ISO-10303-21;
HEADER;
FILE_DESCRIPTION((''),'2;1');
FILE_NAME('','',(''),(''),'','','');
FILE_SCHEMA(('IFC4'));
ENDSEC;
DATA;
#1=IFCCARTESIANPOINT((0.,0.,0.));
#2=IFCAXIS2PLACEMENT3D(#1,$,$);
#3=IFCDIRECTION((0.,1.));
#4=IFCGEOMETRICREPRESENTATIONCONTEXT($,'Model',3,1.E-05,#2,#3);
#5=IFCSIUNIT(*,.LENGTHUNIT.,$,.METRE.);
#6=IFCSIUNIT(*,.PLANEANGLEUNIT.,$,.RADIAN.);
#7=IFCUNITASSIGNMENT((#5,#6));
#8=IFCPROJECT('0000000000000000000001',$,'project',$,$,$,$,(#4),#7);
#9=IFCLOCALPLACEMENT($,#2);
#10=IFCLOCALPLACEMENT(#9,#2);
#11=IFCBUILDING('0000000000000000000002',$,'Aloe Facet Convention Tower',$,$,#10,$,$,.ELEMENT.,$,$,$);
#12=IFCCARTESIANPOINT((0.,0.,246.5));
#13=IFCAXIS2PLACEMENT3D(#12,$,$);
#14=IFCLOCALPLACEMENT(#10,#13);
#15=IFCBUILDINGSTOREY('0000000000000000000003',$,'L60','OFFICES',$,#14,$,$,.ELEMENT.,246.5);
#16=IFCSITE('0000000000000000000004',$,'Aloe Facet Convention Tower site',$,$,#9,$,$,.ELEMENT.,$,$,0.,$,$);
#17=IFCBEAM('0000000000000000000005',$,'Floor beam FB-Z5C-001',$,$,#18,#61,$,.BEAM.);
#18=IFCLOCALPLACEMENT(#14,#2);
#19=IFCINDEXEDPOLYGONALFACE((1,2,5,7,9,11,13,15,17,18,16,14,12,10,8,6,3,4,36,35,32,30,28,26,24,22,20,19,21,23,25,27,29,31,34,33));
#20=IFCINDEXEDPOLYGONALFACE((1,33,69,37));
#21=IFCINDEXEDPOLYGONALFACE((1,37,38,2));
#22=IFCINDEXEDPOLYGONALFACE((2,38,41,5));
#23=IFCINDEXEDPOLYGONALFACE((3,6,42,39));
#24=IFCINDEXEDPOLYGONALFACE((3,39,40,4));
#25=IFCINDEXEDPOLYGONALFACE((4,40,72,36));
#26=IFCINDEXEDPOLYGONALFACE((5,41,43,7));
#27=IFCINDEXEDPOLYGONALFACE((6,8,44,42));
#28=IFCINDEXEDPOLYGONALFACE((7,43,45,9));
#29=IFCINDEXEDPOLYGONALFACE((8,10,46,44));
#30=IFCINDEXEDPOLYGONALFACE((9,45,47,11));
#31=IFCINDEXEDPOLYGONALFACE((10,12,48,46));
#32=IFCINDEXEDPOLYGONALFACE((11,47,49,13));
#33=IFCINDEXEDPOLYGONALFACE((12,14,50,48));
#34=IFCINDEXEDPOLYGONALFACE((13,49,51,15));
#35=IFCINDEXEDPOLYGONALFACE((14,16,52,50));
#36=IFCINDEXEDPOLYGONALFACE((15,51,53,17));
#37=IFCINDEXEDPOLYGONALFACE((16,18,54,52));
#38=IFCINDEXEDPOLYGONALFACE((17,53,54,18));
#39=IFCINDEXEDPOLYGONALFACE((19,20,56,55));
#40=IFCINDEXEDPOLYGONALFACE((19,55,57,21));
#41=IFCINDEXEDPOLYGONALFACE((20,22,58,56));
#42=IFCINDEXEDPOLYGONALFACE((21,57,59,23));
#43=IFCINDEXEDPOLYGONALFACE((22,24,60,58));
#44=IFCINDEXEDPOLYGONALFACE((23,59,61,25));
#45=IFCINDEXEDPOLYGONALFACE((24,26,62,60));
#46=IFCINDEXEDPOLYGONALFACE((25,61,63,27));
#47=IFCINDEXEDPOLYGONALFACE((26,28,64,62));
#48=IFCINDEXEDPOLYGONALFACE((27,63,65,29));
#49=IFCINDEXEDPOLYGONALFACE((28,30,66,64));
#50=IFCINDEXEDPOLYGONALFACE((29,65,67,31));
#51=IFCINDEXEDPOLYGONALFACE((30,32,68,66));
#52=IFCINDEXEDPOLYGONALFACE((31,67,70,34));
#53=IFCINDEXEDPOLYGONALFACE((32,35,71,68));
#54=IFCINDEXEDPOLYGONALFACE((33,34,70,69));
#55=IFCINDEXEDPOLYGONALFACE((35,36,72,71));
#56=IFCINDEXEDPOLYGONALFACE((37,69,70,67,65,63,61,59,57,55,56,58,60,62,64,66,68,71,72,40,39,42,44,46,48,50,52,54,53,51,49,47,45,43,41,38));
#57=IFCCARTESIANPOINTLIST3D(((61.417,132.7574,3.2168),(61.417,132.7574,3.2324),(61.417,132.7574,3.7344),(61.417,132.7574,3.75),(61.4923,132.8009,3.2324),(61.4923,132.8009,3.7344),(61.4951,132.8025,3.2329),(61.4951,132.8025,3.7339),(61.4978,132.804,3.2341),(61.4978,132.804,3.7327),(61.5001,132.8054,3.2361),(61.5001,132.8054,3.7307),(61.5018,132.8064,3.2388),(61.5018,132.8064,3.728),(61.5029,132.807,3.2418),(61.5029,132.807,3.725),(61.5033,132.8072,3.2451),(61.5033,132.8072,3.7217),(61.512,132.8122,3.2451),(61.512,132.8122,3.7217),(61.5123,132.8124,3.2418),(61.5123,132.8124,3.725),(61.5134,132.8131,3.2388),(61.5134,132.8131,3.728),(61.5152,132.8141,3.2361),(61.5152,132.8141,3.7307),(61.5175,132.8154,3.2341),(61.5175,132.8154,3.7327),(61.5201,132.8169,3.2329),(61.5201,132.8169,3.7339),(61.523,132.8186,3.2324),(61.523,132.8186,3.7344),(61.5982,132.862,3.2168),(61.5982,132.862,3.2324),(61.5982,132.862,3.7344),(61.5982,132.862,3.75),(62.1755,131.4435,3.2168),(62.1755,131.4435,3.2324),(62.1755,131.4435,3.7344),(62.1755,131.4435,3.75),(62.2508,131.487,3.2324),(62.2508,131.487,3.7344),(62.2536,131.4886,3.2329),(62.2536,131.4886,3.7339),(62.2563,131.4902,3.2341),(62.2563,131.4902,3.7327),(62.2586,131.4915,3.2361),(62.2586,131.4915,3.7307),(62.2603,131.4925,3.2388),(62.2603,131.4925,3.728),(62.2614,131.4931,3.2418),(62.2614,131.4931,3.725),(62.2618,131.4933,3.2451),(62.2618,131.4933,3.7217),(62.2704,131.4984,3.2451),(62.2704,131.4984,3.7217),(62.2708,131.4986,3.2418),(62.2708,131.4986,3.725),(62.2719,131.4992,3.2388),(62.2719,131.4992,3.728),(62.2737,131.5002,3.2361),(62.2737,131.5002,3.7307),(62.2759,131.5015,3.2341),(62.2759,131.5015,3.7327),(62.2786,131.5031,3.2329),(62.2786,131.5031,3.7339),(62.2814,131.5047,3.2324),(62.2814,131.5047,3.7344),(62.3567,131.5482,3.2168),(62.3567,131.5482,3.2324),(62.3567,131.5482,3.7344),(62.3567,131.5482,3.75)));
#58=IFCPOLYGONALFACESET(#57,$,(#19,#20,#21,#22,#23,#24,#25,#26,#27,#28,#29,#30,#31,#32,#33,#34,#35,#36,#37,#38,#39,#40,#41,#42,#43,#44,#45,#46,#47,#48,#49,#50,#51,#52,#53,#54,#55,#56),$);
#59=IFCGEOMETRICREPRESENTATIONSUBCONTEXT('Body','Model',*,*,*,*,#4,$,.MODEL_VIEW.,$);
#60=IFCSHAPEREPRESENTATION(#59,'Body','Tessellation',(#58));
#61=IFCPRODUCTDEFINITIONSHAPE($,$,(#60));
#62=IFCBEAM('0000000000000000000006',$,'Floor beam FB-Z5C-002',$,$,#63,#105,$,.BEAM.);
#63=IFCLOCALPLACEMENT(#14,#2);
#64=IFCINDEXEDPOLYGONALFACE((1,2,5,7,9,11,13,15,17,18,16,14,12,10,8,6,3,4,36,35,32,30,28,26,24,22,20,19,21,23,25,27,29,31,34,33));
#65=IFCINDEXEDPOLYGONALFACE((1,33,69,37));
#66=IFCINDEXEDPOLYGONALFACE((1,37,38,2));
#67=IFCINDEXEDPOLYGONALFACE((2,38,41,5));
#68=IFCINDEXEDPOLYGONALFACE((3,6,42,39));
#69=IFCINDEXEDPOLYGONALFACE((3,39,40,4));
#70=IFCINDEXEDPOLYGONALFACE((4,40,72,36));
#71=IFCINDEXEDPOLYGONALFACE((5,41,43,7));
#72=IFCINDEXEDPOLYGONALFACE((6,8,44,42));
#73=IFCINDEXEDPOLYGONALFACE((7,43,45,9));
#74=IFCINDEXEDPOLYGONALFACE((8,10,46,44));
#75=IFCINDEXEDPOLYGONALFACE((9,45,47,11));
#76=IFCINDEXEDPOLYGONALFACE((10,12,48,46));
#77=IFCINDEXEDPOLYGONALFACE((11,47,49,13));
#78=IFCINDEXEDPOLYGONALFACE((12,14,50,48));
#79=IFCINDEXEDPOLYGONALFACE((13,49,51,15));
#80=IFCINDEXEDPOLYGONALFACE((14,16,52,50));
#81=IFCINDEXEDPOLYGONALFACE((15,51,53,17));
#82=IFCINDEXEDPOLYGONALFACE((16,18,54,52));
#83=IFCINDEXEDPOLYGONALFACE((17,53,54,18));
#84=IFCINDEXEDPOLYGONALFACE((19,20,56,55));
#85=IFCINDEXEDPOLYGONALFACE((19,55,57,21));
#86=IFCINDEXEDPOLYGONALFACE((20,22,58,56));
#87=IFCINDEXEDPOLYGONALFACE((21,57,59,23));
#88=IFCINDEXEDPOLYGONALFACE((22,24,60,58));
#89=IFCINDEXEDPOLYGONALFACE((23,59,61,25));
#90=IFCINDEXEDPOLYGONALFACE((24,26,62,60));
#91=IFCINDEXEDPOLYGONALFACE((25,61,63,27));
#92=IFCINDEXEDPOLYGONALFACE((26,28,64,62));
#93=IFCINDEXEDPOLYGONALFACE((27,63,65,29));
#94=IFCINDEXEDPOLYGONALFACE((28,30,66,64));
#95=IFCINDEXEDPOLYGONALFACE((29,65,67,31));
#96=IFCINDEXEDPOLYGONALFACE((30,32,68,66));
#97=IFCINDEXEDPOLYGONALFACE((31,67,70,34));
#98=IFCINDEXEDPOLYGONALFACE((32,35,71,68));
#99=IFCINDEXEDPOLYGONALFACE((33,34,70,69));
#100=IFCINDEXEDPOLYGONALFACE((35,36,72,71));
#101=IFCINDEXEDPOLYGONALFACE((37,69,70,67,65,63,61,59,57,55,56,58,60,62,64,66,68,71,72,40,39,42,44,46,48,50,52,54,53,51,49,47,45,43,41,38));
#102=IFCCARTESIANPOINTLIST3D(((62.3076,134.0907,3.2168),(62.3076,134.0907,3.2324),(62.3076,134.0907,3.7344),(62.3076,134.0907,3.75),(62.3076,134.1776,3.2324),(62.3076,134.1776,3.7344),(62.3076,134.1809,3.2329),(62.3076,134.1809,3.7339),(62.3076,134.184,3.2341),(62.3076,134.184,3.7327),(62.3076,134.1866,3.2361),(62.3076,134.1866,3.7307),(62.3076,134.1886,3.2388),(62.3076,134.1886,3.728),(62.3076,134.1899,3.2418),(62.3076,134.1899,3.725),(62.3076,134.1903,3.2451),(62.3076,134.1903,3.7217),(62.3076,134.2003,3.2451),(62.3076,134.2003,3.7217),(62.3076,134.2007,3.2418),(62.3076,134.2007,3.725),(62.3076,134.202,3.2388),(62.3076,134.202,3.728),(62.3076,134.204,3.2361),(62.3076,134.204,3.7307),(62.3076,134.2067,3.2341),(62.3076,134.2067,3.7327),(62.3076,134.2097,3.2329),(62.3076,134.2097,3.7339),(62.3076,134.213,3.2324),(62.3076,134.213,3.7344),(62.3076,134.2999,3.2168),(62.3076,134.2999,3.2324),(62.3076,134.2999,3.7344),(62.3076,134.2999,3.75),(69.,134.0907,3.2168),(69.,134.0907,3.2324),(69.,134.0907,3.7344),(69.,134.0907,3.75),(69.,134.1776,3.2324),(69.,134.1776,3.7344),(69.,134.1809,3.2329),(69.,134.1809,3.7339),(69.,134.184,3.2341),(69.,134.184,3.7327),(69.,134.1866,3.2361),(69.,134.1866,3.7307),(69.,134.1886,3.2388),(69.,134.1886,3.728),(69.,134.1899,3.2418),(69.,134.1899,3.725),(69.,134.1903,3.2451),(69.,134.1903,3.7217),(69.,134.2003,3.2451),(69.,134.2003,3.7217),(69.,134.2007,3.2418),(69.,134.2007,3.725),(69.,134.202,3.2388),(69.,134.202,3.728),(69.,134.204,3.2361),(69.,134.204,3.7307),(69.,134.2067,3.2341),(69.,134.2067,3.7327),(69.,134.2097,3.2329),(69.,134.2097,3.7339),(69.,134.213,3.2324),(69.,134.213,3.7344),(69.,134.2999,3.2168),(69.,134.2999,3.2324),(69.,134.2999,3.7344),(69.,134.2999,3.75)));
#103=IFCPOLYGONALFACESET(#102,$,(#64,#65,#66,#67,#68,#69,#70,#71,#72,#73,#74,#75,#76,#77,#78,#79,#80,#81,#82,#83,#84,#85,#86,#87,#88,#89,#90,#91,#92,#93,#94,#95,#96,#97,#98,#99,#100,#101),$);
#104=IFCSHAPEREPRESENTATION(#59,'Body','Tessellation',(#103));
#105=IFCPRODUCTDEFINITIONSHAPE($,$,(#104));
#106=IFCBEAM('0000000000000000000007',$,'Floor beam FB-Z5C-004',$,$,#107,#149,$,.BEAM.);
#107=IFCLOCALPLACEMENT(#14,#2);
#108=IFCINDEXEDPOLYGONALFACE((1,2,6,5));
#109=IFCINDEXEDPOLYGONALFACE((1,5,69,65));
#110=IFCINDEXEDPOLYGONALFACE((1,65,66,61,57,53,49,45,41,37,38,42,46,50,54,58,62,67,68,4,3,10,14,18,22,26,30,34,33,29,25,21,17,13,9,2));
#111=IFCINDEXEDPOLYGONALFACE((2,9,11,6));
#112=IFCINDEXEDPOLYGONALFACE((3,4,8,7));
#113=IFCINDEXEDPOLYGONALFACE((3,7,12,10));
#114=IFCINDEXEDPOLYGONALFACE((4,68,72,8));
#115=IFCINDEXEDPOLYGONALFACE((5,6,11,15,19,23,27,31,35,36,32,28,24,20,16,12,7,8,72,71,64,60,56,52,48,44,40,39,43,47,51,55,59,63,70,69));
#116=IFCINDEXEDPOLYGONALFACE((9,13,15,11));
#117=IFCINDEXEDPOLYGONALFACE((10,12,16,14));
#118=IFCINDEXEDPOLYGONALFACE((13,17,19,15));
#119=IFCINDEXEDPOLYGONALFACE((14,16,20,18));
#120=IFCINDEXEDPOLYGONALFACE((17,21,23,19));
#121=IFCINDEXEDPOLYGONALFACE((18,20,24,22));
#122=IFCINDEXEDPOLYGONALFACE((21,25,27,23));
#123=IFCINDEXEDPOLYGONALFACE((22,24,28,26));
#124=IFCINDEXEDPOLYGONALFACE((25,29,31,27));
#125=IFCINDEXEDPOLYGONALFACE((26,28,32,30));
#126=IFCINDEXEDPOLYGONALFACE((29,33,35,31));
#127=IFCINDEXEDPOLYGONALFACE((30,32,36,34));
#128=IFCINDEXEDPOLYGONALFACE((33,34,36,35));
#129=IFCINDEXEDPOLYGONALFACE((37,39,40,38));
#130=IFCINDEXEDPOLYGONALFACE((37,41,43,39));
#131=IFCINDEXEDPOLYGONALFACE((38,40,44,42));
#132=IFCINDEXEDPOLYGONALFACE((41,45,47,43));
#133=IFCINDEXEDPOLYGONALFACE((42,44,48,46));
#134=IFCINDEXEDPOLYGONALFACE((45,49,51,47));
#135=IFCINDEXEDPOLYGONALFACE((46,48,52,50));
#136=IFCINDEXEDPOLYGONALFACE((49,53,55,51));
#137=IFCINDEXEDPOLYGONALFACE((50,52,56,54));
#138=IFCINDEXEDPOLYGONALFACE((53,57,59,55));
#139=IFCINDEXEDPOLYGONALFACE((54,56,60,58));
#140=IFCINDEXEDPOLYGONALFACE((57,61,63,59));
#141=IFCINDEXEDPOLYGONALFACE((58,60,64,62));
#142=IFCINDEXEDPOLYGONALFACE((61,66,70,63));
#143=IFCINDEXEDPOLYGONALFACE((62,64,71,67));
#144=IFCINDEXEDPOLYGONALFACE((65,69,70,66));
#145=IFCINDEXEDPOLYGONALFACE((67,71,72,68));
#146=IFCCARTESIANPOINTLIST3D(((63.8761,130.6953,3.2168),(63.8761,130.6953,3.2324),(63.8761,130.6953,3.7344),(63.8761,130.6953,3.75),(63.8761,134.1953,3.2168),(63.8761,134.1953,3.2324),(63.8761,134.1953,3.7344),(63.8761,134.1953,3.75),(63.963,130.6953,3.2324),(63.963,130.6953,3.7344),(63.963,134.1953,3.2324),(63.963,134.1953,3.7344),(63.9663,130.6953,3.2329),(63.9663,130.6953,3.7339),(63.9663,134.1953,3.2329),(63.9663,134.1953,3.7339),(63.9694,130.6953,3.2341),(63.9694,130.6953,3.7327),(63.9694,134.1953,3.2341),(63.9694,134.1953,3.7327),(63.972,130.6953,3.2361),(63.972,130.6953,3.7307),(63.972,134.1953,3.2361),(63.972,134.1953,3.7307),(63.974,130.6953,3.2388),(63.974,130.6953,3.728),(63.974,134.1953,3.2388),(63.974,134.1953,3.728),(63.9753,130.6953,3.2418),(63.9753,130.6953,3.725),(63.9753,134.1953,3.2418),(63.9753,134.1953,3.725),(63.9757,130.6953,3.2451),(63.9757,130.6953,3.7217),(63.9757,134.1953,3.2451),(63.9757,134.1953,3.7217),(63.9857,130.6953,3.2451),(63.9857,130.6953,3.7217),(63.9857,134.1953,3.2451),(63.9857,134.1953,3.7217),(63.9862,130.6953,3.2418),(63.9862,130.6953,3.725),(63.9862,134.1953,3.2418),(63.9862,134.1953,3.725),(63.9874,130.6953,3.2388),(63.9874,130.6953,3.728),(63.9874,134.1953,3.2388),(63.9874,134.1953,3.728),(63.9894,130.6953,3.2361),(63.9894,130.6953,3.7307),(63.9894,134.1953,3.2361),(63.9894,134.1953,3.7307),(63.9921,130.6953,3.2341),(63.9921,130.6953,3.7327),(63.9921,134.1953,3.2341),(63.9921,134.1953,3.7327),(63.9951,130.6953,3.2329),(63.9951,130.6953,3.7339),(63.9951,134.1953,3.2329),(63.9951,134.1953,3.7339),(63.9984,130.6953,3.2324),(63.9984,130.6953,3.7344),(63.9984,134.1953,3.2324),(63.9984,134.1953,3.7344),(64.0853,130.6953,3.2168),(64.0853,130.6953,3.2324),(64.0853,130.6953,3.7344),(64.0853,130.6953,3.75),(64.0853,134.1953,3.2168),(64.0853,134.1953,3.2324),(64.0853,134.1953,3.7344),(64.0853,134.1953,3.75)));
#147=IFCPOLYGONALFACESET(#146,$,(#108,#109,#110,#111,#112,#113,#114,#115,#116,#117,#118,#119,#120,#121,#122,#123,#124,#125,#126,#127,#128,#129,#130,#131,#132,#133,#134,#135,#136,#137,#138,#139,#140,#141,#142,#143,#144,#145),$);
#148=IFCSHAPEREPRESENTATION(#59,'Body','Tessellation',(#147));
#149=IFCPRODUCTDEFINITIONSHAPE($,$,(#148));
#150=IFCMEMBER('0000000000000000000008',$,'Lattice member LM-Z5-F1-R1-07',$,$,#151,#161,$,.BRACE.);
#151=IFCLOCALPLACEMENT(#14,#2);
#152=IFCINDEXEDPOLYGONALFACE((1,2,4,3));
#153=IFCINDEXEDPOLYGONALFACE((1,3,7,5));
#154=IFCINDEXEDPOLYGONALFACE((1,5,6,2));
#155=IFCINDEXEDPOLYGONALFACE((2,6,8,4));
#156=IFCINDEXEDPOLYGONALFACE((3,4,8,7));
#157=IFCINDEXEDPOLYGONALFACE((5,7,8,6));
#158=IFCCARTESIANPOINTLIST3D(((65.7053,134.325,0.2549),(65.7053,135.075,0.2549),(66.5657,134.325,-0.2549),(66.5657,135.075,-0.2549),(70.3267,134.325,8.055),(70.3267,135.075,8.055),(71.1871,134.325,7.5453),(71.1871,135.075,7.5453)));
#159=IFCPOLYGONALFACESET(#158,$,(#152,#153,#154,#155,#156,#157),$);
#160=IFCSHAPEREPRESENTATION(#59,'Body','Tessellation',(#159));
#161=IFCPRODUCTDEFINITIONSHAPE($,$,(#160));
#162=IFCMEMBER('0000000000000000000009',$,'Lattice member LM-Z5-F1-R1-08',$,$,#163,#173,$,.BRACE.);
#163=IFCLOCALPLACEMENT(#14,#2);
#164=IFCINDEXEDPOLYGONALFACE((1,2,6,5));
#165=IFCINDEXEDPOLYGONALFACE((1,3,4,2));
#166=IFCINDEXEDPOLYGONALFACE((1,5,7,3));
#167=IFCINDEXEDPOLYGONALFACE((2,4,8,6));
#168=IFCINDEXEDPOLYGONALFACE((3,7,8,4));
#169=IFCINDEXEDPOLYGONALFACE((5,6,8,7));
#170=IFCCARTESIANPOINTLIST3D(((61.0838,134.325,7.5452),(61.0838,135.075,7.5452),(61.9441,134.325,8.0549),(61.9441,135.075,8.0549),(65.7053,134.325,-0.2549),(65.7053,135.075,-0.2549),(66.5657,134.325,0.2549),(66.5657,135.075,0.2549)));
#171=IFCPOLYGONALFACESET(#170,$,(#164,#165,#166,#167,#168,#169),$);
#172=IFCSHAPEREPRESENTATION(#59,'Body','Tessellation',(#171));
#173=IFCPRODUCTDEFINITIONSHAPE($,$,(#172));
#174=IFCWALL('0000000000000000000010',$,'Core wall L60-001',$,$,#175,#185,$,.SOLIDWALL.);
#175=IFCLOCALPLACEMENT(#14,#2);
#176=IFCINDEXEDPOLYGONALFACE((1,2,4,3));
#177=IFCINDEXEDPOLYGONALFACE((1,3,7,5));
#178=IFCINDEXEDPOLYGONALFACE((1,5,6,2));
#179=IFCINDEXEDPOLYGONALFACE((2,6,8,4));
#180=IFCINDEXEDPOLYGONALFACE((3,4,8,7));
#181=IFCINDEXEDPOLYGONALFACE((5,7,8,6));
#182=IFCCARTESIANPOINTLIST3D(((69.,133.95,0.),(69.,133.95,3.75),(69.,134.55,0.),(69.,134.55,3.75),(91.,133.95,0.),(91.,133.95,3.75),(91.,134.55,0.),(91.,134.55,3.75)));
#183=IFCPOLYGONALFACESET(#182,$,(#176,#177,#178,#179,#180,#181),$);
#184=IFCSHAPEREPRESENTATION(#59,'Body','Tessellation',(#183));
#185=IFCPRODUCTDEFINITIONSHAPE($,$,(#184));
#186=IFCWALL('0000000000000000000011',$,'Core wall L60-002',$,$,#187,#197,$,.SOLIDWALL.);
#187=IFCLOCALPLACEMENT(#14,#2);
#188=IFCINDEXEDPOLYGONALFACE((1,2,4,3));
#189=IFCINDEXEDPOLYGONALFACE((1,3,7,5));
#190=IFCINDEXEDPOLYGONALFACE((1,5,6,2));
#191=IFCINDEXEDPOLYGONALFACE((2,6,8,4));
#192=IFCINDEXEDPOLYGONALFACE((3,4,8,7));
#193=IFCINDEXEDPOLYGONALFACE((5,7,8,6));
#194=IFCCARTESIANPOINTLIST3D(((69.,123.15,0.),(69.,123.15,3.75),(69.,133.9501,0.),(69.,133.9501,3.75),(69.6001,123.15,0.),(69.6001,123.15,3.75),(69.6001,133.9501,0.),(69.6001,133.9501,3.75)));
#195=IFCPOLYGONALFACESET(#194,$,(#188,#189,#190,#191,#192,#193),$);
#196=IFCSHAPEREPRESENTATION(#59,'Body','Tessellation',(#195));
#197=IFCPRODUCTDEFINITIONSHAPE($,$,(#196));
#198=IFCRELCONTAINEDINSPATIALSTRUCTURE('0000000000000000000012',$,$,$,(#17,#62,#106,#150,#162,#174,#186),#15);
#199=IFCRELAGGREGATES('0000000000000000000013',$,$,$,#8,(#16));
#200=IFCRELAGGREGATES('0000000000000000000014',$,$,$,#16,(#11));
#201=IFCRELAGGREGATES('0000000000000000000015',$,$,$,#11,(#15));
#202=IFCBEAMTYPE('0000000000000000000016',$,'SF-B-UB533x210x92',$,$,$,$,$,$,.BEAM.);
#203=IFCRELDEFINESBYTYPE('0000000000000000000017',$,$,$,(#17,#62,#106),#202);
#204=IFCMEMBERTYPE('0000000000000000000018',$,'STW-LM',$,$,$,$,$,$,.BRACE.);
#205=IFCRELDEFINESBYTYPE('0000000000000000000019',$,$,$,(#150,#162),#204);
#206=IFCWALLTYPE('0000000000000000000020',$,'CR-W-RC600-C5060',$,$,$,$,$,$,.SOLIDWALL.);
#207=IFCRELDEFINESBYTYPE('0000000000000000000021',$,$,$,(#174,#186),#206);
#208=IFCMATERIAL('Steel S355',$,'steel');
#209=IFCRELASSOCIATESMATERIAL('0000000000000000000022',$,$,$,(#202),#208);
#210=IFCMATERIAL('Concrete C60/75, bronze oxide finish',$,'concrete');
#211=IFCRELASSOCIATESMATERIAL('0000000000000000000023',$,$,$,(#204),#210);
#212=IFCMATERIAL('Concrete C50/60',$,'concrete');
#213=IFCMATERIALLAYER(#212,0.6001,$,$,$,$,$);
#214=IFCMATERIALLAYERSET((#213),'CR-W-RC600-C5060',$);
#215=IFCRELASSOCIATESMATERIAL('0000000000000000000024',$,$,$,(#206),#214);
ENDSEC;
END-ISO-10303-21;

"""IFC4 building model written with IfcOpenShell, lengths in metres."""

from ifc_helpers import new_model, si_unit, direction, frame, frame_2d, origin, origin_2d, place, context, subcontext, project, spatial, rectangle, i_section, extrude, material, layer, layer_set, material_profile, profile_set, type_object, element, save


model = new_model("IFC4")

# Units and contexts
model_context = context("Model", 3, precision=1e-05, world=origin(), true_north=direction((0.0, 1.0)))
body_context = subcontext(model_context, "Body", "Model", "MODEL_VIEW")
ifc_project = project(units=[si_unit("LENGTHUNIT", "METRE"), si_unit("PLANEANGLEUNIT", "RADIAN")], contexts=[model_context])

# Site, building, storey
site_placement = place(None, origin())
site = spatial("IfcSite", under=ifc_project, at=site_placement, Name="Aloe Facet Convention Tower site", CompositionType="ELEMENT", RefElevation=0.0)
building_placement = place(site_placement, origin())
building = spatial("IfcBuilding", under=site, at=building_placement, Name="Aloe Facet Convention Tower", CompositionType="ELEMENT")
storey_placement = place(building_placement, frame((0.0, 0.0, 246.5)))
storey = spatial("IfcBuildingStorey", under=building, at=storey_placement, Name="L60", Description="OFFICES", CompositionType="ELEMENT", Elevation=246.5)

# Beams
ifc_material_1 = material(Name="Steel S355", Category="steel")
ifc_material_profile_1 = material_profile(ifc_material_1, i_section(OverallWidth=0.2092, OverallDepth=0.5332, WebThickness=0.01, FlangeThickness=0.0156, FilletRadius=0.0127, at=origin_2d()), Name="UB 533x210x92")
ifc_profile_set_1 = profile_set([ifc_material_profile_1], Name="Steel S355")
beam_type_1 = type_object("IfcBeamType", Name="SF-B-UB533x210x92", PredefinedType="BEAM", material=ifc_profile_set_1)
beam_1_placement = place(storey_placement, frame((62.2661, 131.4958, 3.4834), z_axis=(-0.499964, 0.866046, 0.0), x_axis=(-0.866046, -0.499964, 0.0)))
element("IfcBeam", 1, at=beam_1_placement, inside=storey, type_object=beam_type_1, Name="Floor beam FB-Z5C-001", PredefinedType="BEAM", context=body_context, shape_type="SweptSolid", body=[
    extrude(i_section(OverallWidth=0.2092, OverallDepth=0.5332, WebThickness=0.01, FlangeThickness=0.0156, FilletRadius=0.0127, at=origin_2d()), origin(), (0.0, 0.0, 1.0), 1.5171),
])
beam_2_placement = place(storey_placement, frame((62.3076, 134.1953, 3.4834), z_axis=(1.0, 0.0, 0.0), x_axis=(0.0, 1.0, 0.0)))
element("IfcBeam", 2, at=beam_2_placement, inside=storey, type_object=beam_type_1, Name="Floor beam FB-Z5C-002", PredefinedType="BEAM", context=body_context, shape_type="SweptSolid", body=[
    extrude(i_section(OverallWidth=0.2092, OverallDepth=0.5332, WebThickness=0.01, FlangeThickness=0.0156, FilletRadius=0.0127, at=origin_2d()), origin(), (0.0, 0.0, 1.0), 6.6924),
])
beam_3_placement = place(storey_placement, frame((63.9807, 134.1953, 3.4834), z_axis=(0.0, -1.0, 0.0), x_axis=(1.0, 0.0, 0.0)))
element("IfcBeam", 3, at=beam_3_placement, inside=storey, type_object=beam_type_1, Name="Floor beam FB-Z5C-004", PredefinedType="BEAM", context=body_context, shape_type="SweptSolid", body=[
    extrude(i_section(OverallWidth=0.2092, OverallDepth=0.5332, WebThickness=0.01, FlangeThickness=0.0156, FilletRadius=0.0127, at=origin_2d()), origin(), (0.0, 0.0, 1.0), 3.5),
])

# Members
ifc_material_2 = material(Name="Concrete C60/75, bronze oxide finish", Category="concrete")
ifc_material_profile_2 = material_profile(ifc_material_2, rectangle(XDim=0.75, YDim=1.0, at=origin_2d()), Name="STW-LM")
ifc_profile_set_2 = profile_set([ifc_material_profile_2], Name="Concrete C60/75, bronze oxide finish")
member_type = type_object("IfcMemberType", Name="STW-LM", PredefinedType="BRACE", material=ifc_profile_set_2)
for number, where, z_axis, x_axis, name in (
    (4, (66.1355, 134.7, 0.0), (0.509728, 0.0, 0.860336), (0.0, 1.0, 0.0), "Lattice member LM-Z5-F1-R1-07"),
    (5, (66.1355, 134.7, 0.0), (-0.509748, 0.0, 0.860324), (0.0, -1.0, 0.0), "Lattice member LM-Z5-F1-R1-08"),
):
    element("IfcMember", number, at=place(storey_placement, frame(where, z_axis=z_axis, x_axis=x_axis)), inside=storey, type_object=member_type, Name=name, PredefinedType="BRACE", context=body_context, shape_type="SweptSolid", body=[
        extrude(rectangle(XDim=0.75, YDim=1.0, at=origin_2d()), origin(), (0.0, 0.0, 1.0), 9.0664),
    ])

# Walls
ifc_material_3 = material(Name="Concrete C50/60", Category="concrete")
ifc_layer_1 = layer(ifc_material_3, 0.6001)
ifc_layer_set_1 = layer_set([ifc_layer_1], Name="CR-W-RC600-C5060")
wall_type_1 = type_object("IfcWallType", Name="CR-W-RC600-C5060", PredefinedType="SOLIDWALL", material=ifc_layer_set_1)
wall_1_placement = place(storey_placement, frame((69.0, 134.25, 0.0), z_axis=(0.0, 0.0, 1.0), x_axis=(1.0, 0.0, 0.0)))
element("IfcWall", 6, at=wall_1_placement, inside=storey, type_object=wall_type_1, Name="Core wall L60-001", PredefinedType="SOLIDWALL", context=body_context, shape_type="SweptSolid", body=[
    extrude(rectangle(XDim=22.0, YDim=0.6001, at=frame_2d((11.0, 0.0))), origin(), (0.0, 0.0, 1.0), 3.75),
])
wall_2_placement = place(storey_placement, frame((69.3, 133.95, 0.0), z_axis=(0.0, 0.0, 1.0), x_axis=(0.0, -1.0, 0.0)))
element("IfcWall", 7, at=wall_2_placement, inside=storey, type_object=wall_type_1, Name="Core wall L60-002", PredefinedType="SOLIDWALL", context=body_context, shape_type="SweptSolid", body=[
    extrude(rectangle(XDim=10.8, YDim=0.6001, at=frame_2d((5.3999, 0.0))), origin(), (0.0, 0.0, 1.0), 3.75),
])

save(model, "model.ifc")
